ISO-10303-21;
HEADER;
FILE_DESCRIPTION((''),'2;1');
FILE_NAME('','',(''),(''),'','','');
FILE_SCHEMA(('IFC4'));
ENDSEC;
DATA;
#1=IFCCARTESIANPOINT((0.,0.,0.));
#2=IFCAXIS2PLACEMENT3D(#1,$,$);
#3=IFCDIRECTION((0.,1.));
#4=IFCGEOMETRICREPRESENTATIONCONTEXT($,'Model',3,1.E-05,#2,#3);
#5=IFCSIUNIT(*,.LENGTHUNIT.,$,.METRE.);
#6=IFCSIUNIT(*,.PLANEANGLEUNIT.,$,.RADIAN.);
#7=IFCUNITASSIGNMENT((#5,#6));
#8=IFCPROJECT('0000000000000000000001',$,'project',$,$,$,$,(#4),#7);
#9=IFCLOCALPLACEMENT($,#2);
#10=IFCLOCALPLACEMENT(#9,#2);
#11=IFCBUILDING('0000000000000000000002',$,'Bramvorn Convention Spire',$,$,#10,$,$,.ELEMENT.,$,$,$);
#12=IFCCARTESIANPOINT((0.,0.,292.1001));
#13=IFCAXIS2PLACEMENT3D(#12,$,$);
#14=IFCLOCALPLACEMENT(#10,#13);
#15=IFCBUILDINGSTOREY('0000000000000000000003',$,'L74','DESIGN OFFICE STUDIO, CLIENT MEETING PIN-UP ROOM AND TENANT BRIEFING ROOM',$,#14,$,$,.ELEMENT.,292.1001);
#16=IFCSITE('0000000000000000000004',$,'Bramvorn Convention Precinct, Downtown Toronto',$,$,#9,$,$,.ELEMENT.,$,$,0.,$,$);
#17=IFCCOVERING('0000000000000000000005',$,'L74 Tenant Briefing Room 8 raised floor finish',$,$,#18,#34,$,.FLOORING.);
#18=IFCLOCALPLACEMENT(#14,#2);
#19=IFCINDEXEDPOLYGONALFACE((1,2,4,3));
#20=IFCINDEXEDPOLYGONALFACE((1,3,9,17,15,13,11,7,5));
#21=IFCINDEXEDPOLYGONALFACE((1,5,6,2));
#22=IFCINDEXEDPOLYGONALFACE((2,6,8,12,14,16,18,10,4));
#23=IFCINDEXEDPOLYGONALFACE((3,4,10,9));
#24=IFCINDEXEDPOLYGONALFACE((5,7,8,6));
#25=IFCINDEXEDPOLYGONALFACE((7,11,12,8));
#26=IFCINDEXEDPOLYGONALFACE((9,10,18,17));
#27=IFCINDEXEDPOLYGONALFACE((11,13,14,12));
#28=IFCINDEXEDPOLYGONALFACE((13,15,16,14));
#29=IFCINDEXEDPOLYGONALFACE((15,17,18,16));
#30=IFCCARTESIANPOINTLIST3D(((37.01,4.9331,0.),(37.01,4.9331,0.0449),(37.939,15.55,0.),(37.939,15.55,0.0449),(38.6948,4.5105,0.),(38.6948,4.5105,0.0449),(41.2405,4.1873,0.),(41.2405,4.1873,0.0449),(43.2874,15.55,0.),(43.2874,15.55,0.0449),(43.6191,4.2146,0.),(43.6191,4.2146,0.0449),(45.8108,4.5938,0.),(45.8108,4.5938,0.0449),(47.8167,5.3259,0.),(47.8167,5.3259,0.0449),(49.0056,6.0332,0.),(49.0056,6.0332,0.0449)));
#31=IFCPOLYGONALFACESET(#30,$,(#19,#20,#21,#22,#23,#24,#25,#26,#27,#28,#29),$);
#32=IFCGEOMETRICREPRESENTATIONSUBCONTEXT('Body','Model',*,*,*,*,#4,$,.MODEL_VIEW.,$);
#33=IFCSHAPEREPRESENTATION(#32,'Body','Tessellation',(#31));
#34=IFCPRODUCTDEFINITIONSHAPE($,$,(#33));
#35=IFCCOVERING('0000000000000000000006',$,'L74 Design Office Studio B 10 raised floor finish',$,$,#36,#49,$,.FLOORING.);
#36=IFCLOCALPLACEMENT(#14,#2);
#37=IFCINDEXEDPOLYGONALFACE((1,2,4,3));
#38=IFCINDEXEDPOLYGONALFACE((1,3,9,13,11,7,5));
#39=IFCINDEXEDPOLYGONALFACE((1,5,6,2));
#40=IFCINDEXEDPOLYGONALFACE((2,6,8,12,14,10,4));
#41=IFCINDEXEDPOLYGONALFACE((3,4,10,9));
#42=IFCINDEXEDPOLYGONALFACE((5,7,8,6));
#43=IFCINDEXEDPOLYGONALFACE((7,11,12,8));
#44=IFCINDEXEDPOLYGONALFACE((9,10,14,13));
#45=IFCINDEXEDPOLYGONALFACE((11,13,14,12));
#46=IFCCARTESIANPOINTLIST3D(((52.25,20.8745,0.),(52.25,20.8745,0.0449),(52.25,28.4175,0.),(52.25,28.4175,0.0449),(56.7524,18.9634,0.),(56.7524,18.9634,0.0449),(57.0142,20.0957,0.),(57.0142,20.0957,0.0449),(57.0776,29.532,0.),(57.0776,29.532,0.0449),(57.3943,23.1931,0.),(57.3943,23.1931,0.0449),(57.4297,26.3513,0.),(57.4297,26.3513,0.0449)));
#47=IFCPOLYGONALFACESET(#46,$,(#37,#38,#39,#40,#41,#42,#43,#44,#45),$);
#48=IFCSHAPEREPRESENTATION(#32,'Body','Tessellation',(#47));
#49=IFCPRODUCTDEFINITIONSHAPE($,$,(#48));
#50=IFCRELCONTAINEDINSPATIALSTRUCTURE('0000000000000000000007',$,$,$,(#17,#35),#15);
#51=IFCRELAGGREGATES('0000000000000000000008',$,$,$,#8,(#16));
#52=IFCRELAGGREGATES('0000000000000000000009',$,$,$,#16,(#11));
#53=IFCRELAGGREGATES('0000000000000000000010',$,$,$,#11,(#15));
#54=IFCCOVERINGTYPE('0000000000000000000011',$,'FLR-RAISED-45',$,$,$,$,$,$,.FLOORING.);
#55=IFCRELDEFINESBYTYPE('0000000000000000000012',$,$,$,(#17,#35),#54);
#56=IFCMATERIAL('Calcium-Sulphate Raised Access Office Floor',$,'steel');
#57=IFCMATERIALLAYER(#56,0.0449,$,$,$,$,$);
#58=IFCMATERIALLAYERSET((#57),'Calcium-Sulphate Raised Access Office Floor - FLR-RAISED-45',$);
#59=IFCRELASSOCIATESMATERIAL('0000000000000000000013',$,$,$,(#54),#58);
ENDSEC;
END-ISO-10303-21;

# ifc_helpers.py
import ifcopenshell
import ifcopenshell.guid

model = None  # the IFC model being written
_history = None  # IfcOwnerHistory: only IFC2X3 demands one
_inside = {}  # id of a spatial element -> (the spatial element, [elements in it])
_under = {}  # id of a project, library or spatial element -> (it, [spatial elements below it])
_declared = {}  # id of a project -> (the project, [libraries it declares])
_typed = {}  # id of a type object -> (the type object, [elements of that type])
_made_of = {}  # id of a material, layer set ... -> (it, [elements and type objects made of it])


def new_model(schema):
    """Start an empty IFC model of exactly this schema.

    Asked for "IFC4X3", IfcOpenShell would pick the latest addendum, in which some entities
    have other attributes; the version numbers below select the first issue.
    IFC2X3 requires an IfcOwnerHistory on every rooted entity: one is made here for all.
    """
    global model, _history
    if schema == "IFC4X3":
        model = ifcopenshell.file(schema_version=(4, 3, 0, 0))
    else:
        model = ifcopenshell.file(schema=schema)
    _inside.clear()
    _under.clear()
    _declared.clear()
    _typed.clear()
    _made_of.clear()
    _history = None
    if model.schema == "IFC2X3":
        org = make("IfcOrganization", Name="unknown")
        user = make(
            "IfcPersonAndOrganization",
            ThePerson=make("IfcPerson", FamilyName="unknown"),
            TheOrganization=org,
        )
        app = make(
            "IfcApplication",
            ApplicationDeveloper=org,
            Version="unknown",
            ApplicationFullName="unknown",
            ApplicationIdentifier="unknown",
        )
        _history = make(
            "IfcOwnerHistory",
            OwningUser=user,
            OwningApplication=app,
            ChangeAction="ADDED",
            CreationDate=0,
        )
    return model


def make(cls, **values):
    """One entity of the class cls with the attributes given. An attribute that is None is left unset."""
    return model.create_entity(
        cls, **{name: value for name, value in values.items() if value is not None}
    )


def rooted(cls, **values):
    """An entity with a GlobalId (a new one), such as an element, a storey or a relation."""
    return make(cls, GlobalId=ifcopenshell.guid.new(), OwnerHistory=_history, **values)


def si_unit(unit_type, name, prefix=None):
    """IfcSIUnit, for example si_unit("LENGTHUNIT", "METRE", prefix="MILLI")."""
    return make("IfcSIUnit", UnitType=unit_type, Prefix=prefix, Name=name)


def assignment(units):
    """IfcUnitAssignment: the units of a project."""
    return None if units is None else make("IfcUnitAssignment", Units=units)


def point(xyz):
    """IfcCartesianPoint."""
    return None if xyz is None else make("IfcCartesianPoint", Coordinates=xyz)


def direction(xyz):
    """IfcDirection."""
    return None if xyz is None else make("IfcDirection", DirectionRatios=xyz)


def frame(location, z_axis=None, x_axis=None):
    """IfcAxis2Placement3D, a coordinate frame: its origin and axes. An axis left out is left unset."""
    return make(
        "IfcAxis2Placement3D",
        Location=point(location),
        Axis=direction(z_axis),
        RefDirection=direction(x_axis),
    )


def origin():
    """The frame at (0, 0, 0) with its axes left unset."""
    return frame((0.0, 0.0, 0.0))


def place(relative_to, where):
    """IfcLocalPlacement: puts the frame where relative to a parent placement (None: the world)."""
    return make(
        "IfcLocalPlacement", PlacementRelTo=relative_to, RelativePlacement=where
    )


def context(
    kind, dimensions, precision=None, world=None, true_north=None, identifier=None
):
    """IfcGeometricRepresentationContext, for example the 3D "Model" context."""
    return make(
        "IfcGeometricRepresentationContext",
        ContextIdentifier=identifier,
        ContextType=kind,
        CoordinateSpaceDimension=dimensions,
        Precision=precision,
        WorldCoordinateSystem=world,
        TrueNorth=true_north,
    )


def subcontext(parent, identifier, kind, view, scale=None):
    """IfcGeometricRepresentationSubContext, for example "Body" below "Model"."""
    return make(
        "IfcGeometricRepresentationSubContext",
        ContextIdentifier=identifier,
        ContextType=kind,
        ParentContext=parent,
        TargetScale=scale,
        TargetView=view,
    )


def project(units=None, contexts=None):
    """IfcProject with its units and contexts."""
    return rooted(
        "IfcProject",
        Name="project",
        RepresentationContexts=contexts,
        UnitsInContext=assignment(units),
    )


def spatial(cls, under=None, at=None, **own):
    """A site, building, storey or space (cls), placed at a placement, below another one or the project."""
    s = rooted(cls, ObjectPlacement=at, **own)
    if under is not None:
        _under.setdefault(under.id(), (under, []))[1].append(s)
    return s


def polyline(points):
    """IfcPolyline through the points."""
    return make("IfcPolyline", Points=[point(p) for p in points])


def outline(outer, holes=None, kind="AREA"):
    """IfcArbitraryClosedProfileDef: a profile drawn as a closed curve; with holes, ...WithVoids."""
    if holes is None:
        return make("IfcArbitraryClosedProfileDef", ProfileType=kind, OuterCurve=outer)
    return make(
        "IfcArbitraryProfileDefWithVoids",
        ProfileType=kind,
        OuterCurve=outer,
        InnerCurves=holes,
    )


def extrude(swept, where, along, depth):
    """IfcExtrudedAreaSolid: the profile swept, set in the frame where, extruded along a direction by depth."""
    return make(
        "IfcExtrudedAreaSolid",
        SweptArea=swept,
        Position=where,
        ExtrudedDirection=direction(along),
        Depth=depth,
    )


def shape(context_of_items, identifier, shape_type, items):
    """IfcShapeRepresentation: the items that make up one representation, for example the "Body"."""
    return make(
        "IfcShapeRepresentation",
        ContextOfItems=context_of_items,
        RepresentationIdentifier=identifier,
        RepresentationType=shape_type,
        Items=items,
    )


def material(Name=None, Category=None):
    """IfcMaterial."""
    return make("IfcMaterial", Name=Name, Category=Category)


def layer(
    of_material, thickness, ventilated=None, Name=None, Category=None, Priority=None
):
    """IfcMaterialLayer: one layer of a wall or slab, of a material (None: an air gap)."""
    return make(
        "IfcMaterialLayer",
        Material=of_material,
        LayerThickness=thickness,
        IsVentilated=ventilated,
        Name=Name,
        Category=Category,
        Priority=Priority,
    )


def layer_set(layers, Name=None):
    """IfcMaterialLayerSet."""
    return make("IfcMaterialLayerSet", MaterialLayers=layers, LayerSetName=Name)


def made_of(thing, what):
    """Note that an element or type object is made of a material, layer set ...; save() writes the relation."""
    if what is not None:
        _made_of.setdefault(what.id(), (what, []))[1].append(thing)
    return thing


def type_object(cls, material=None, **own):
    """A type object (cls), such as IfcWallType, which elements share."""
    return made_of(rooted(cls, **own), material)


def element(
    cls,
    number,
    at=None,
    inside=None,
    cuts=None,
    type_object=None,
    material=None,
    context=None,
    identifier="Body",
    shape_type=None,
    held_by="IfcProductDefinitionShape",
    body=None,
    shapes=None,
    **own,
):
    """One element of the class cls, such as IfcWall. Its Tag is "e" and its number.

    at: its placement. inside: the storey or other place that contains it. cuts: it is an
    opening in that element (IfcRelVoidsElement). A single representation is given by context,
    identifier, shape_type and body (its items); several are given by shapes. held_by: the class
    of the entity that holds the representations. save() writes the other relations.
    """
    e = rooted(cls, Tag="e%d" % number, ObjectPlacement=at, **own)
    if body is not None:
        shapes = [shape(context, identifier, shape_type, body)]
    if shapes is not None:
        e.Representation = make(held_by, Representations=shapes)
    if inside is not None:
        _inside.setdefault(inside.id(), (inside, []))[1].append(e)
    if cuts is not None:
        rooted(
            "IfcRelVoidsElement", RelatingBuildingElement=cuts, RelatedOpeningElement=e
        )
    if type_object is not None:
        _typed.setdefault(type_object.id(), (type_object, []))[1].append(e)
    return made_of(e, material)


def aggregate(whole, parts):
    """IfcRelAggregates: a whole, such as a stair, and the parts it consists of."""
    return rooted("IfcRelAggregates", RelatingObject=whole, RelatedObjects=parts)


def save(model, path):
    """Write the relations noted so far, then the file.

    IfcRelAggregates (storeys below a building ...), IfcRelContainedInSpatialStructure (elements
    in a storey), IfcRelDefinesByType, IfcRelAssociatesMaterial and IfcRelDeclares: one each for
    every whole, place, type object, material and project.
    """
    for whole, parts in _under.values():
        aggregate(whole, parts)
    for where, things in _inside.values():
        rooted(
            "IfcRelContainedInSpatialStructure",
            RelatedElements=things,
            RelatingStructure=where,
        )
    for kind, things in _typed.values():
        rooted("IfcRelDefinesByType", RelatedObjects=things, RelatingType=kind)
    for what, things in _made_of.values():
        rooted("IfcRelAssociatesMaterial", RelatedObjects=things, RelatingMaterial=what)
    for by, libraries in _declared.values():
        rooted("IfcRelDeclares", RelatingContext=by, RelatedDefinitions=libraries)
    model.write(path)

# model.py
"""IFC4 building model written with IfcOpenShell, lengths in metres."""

from ifc_helpers import new_model, si_unit, direction, frame, origin, place, context, subcontext, project, spatial, polyline, outline, extrude, material, layer, layer_set, type_object, element, save


model = new_model("IFC4")

# Units and contexts
model_context = context("Model", 3, precision=1e-05, world=origin(), true_north=direction((0.0, 1.0)))
body_context = subcontext(model_context, "Body", "Model", "MODEL_VIEW")
ifc_project = project(units=[si_unit("LENGTHUNIT", "METRE"), si_unit("PLANEANGLEUNIT", "RADIAN")], contexts=[model_context])

# Site, building, storey
site_placement = place(None, origin())
site = spatial("IfcSite", under=ifc_project, at=site_placement, Name="Bramvorn Convention Precinct, Downtown Toronto", CompositionType="ELEMENT", RefElevation=0.0)
building_placement = place(site_placement, origin())
building = spatial("IfcBuilding", under=site, at=building_placement, Name="Bramvorn Convention Spire", CompositionType="ELEMENT")
storey_placement = place(building_placement, frame((0.0, 0.0, 292.1001)))
storey = spatial("IfcBuildingStorey", under=building, at=storey_placement, Name="L74", Description="DESIGN OFFICE STUDIO, CLIENT MEETING PIN-UP ROOM AND TENANT BRIEFING ROOM", CompositionType="ELEMENT", Elevation=292.1001)

# Coverings
ifc_material_1 = material(Name="Calcium-Sulphate Raised Access Office Floor", Category="steel")
ifc_layer_1 = layer(ifc_material_1, 0.0449)
ifc_layer_set_1 = layer_set([ifc_layer_1], Name="Calcium-Sulphate Raised Access Office Floor - FLR-RAISED-45")
covering_type = type_object("IfcCoveringType", Name="FLR-RAISED-45", PredefinedType="FLOORING", material=ifc_layer_set_1)
covering_1_placement = place(storey_placement, origin())
element("IfcCovering", 1, at=covering_1_placement, inside=storey, type_object=covering_type, Name="L74 Tenant Briefing Room 8 raised floor finish", PredefinedType="FLOORING", context=body_context, shape_type="SweptSolid", body=[
    extrude(outline(polyline([(41.2405, 4.1873), (43.6191, 4.2146), (45.8108, 4.5938), (47.8167, 5.3259), (49.0056, 6.0332), (43.2874, 15.55), (37.939, 15.55), (37.01, 4.9331), (38.6948, 4.5105), (41.2405, 4.1873)])), origin(), (0.0, 0.0, 1.0), 0.0449),
])
covering_2_placement = place(storey_placement, origin())
element("IfcCovering", 2, at=covering_2_placement, inside=storey, type_object=covering_type, Name="L74 Design Office Studio B 10 raised floor finish", PredefinedType="FLOORING", context=body_context, shape_type="SweptSolid", body=[
    extrude(outline(polyline([(57.0776, 29.532), (52.25, 28.4175), (52.25, 20.8745), (56.7524, 18.9634), (57.0142, 20.0957), (57.3943, 23.1931), (57.4297, 26.3513), (57.0776, 29.532)])), origin(), (0.0, 0.0, 1.0), 0.0449),
])

save(model, "model.ifc")
